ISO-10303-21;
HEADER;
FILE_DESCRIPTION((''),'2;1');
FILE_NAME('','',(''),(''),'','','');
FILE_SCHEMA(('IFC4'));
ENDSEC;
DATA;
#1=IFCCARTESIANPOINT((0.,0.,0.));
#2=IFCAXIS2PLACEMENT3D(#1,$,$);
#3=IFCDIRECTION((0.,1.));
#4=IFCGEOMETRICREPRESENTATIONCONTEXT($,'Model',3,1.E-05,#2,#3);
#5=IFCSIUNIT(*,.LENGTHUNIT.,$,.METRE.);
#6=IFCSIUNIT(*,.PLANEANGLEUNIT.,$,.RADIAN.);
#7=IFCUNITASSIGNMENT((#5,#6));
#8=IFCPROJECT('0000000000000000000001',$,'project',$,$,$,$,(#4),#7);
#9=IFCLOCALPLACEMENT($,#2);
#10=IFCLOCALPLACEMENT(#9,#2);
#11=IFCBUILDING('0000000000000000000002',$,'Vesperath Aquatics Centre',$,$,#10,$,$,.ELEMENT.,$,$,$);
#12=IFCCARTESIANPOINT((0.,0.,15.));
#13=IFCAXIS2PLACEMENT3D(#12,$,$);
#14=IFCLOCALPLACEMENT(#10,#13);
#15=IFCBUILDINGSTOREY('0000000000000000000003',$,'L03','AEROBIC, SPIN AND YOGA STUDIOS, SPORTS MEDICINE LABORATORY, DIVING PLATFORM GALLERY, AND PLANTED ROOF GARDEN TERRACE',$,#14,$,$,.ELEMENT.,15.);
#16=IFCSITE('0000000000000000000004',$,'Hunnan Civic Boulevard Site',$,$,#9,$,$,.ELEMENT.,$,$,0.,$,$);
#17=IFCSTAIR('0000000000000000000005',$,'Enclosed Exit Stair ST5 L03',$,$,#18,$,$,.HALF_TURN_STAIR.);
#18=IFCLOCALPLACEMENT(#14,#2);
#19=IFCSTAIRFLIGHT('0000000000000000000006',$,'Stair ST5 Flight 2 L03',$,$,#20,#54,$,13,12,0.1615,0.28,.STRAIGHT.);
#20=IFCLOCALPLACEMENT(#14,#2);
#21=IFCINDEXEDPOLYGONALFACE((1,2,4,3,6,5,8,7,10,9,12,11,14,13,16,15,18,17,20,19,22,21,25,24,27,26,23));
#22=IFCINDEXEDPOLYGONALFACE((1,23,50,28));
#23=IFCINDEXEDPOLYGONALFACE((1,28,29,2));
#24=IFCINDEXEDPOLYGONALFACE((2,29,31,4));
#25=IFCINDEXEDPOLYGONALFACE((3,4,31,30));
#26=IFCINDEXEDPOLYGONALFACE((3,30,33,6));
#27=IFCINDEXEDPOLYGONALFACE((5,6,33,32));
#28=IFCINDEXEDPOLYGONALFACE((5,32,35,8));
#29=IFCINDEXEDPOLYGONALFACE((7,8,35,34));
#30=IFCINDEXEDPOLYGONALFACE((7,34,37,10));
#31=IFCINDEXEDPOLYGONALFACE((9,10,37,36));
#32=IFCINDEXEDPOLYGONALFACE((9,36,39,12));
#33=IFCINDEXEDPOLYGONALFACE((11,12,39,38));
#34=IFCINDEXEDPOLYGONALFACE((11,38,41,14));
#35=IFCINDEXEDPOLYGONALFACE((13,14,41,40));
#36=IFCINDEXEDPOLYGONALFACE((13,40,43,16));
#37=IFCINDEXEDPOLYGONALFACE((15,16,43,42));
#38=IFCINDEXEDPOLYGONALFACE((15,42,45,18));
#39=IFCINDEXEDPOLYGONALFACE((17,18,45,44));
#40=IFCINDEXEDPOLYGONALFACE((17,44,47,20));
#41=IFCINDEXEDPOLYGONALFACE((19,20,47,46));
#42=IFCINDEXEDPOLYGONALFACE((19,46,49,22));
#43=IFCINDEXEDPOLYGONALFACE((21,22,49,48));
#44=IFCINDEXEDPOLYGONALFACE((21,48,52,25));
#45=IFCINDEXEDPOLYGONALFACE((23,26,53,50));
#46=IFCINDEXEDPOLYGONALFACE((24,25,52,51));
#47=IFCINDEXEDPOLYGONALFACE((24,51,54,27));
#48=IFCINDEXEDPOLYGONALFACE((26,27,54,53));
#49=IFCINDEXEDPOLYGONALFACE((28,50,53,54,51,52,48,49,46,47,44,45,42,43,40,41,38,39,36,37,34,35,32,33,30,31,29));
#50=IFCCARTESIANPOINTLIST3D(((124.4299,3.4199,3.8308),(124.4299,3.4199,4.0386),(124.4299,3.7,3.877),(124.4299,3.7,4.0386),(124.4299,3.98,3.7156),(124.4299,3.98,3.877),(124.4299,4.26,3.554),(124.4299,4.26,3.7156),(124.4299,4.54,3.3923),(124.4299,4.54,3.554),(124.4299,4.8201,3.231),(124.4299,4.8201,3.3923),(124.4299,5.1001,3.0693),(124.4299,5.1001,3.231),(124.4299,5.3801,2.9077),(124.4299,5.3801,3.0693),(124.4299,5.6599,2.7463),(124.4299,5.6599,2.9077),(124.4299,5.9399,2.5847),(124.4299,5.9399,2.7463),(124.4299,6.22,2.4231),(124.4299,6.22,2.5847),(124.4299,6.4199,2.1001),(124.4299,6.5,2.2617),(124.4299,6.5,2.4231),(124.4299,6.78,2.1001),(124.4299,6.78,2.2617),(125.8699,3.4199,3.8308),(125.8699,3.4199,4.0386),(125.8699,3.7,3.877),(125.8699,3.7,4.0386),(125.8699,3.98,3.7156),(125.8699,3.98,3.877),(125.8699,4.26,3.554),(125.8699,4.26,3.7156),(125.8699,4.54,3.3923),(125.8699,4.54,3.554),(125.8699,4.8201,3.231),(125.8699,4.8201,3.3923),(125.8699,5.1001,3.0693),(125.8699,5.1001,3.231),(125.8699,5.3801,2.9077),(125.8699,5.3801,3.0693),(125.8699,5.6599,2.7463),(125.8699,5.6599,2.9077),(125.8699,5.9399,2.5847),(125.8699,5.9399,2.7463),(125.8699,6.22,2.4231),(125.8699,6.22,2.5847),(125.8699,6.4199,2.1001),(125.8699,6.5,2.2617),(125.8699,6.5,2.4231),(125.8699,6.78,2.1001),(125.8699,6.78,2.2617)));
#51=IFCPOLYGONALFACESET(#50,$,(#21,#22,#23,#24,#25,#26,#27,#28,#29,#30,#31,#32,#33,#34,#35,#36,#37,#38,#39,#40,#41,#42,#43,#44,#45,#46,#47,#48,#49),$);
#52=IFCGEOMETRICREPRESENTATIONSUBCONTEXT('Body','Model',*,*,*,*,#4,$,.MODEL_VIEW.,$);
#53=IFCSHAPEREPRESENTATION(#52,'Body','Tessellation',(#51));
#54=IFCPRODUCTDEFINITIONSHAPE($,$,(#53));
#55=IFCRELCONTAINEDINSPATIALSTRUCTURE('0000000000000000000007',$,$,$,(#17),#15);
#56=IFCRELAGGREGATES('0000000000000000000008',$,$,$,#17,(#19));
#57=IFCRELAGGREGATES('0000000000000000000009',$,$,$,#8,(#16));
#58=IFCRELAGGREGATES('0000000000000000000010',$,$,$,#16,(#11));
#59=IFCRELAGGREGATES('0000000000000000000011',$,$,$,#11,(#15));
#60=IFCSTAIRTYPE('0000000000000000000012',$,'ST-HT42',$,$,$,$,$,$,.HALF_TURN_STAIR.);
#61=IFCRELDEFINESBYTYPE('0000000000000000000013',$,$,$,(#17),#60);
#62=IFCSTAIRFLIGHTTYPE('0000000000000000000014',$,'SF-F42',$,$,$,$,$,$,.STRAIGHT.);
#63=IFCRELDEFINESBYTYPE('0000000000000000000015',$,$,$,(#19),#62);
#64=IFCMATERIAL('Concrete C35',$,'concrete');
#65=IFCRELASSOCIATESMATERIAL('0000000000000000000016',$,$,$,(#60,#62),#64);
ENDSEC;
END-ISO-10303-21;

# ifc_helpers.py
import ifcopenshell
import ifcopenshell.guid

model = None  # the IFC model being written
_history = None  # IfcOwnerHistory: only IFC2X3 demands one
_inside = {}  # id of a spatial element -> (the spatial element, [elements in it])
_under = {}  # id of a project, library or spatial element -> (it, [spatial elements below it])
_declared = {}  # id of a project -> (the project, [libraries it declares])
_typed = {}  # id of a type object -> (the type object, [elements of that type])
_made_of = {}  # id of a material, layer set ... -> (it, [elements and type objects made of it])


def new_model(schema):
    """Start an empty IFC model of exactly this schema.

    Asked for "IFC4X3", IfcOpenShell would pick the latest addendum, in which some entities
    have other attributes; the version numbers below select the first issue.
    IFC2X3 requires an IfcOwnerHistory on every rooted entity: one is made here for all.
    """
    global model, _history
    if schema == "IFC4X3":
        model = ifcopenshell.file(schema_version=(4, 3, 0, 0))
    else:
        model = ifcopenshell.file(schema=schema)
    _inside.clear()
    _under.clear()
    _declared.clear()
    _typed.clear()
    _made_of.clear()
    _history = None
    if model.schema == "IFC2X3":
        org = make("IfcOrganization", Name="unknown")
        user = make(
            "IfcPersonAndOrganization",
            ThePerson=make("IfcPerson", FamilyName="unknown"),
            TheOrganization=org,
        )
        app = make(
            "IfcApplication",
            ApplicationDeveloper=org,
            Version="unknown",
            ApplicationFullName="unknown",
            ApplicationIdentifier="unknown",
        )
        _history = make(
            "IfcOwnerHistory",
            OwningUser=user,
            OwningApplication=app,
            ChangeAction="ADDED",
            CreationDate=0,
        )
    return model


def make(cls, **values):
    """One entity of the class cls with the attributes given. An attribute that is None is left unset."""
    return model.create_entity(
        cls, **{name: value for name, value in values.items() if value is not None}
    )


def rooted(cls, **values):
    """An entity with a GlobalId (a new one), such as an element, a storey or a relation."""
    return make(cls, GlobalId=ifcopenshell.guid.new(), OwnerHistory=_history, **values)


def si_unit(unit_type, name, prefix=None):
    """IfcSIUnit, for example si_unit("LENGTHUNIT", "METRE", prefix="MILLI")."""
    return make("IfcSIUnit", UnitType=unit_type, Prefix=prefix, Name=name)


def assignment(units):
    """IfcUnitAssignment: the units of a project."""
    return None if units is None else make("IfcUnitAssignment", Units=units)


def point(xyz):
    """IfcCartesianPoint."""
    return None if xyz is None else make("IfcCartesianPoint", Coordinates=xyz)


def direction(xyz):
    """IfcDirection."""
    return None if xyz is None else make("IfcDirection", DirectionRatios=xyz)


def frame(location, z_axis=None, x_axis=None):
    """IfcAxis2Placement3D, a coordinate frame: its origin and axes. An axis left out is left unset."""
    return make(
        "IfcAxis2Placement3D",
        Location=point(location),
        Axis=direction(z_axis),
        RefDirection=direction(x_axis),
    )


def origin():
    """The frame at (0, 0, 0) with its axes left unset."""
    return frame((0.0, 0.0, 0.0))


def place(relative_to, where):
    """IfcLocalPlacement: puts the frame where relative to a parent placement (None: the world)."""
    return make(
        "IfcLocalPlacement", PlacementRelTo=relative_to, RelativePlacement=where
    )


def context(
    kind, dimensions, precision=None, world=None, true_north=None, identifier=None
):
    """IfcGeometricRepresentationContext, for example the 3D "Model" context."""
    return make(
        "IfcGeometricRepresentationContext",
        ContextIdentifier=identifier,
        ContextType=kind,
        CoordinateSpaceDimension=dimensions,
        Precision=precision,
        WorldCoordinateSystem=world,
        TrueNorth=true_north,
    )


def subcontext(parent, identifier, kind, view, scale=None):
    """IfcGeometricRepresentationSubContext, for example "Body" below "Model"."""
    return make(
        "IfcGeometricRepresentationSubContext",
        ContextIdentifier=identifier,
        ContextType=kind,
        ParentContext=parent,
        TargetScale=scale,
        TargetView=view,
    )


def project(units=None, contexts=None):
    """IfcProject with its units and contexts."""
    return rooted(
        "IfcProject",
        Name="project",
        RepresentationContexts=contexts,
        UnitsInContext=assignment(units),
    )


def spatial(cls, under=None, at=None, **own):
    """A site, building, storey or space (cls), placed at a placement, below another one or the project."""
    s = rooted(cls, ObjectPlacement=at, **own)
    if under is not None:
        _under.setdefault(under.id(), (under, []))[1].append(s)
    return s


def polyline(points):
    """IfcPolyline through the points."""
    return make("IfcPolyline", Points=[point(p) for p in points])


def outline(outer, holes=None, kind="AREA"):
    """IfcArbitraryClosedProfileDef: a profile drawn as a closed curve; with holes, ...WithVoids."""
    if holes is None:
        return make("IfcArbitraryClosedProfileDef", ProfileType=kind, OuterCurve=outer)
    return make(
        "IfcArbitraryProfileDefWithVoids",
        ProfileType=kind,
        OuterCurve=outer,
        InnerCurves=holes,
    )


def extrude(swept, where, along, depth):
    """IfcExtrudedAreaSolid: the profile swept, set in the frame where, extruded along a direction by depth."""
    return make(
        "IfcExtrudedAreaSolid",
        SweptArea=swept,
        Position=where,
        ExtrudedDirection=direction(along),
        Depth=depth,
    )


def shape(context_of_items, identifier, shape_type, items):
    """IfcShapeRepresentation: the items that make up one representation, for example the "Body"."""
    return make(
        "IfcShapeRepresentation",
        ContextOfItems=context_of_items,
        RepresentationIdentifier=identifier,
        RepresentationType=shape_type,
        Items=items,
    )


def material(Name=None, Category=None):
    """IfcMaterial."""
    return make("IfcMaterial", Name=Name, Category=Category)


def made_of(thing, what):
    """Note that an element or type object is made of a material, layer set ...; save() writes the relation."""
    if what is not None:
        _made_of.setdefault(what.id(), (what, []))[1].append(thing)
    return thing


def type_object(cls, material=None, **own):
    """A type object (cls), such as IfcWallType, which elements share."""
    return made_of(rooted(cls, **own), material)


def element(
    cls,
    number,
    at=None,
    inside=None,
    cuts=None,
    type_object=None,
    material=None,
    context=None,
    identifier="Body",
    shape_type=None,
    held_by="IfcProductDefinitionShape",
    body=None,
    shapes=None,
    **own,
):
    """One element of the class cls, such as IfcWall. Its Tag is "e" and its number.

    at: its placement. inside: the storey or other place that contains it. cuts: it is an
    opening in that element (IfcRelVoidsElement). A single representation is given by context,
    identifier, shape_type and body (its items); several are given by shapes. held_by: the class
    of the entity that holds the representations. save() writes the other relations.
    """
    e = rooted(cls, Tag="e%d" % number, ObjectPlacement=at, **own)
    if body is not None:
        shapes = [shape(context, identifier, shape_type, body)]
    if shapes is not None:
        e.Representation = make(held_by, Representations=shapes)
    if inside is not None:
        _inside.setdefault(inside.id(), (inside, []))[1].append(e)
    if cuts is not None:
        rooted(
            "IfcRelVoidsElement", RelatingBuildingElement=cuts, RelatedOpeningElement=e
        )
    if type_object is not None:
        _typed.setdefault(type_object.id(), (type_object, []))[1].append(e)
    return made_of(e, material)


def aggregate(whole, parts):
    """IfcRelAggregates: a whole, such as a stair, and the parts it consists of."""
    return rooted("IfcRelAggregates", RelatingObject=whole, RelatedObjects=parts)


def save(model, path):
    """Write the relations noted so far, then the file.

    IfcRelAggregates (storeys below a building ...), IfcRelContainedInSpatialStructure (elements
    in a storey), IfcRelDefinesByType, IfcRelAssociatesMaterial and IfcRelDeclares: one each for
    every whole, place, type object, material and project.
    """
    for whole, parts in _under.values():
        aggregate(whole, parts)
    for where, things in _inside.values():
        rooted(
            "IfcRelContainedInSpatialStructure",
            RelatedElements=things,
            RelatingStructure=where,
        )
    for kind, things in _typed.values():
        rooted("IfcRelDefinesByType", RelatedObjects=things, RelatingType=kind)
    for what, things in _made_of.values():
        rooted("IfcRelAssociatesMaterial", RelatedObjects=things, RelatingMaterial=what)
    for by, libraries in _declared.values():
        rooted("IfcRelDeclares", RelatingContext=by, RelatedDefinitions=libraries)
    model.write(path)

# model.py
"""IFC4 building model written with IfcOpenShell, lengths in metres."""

from ifc_helpers import new_model, si_unit, direction, frame, origin, place, context, subcontext, project, spatial, polyline, outline, extrude, material, type_object, element, aggregate, save


model = new_model("IFC4")

# Units and contexts
model_context = context("Model", 3, precision=1e-05, world=origin(), true_north=direction((0.0, 1.0)))
body_context = subcontext(model_context, "Body", "Model", "MODEL_VIEW")
ifc_project = project(units=[si_unit("LENGTHUNIT", "METRE"), si_unit("PLANEANGLEUNIT", "RADIAN")], contexts=[model_context])

# Site, building, storey
site_placement = place(None, origin())
site = spatial("IfcSite", under=ifc_project, at=site_placement, Name="Hunnan Civic Boulevard Site", CompositionType="ELEMENT", RefElevation=0.0)
building_placement = place(site_placement, origin())
building = spatial("IfcBuilding", under=site, at=building_placement, Name="Vesperath Aquatics Centre", CompositionType="ELEMENT")
storey_placement = place(building_placement, frame((0.0, 0.0, 15.0)))
storey = spatial("IfcBuildingStorey", under=building, at=storey_placement, Name="L03", Description="AEROBIC, SPIN AND YOGA STUDIOS, SPORTS MEDICINE LABORATORY, DIVING PLATFORM GALLERY, AND PLANTED ROOF GARDEN TERRACE", CompositionType="ELEMENT", Elevation=15.0)

# Shared definitions
ifc_material_1 = material(Name="Concrete C35", Category="concrete")

# Stair, stair flight
stair_type = type_object("IfcStairType", Name="ST-HT42", PredefinedType="HALF_TURN_STAIR", material=ifc_material_1)
stair_placement = place(storey_placement, origin())
stair = element("IfcStair", 1, at=stair_placement, inside=storey, type_object=stair_type, Name="Enclosed Exit Stair ST5 L03", PredefinedType="HALF_TURN_STAIR")
stair_flight_type = type_object("IfcStairFlightType", Name="SF-F42", PredefinedType="STRAIGHT", material=ifc_material_1)
stair_flight_1_placement = place(storey_placement, frame((125.1499, 6.78, 2.1001), z_axis=(0.0, 0.0, 1.0), x_axis=(0.0, -1.0, 0.0)))
stair_flight_1 = element("IfcStairFlight", 2, at=stair_flight_1_placement, type_object=stair_flight_type, Name="Stair ST5 Flight 2 L03", NumberOfRisers=13, NumberOfTreads=12, PredefinedType="STRAIGHT", RiserHeight=0.1615, TreadLength=0.28, context=body_context, shape_type="SweptSolid", body=[
    extrude(outline(polyline([(0.0, 0.0), (0.0, 0.1616), (0.28, 0.1616), (0.28, 0.323), (0.5601, 0.323), (0.5601, 0.4846), (0.8401, 0.4846), (0.8401, 0.6462), (1.1201, 0.6462), (1.1201, 0.8076), (1.3999, 0.8076), (1.3999, 0.9692), (1.6799, 0.9692), (1.6799, 1.1309), (1.96, 1.1309), (1.96, 1.2922), (2.24, 1.2922), (2.24, 1.4539), (2.52, 1.4539), (2.52, 1.6155), (2.8, 1.6155), (2.8, 1.7769), (3.0801, 1.7769), (3.0801, 1.9385), (3.3601, 1.9385), (3.3601, 2.1001), (3.3601, 1.7307), (0.3601, 0.0), (0.0, 0.0)])), frame((0.0, 0.72, 0.0), z_axis=(0.0, -1.0, 0.0), x_axis=(1.0, 0.0, 0.0)), (0.0, 0.0, 1.0), 1.4399),
])
aggregate(stair, [stair_flight_1])

save(model, "model.ifc")
